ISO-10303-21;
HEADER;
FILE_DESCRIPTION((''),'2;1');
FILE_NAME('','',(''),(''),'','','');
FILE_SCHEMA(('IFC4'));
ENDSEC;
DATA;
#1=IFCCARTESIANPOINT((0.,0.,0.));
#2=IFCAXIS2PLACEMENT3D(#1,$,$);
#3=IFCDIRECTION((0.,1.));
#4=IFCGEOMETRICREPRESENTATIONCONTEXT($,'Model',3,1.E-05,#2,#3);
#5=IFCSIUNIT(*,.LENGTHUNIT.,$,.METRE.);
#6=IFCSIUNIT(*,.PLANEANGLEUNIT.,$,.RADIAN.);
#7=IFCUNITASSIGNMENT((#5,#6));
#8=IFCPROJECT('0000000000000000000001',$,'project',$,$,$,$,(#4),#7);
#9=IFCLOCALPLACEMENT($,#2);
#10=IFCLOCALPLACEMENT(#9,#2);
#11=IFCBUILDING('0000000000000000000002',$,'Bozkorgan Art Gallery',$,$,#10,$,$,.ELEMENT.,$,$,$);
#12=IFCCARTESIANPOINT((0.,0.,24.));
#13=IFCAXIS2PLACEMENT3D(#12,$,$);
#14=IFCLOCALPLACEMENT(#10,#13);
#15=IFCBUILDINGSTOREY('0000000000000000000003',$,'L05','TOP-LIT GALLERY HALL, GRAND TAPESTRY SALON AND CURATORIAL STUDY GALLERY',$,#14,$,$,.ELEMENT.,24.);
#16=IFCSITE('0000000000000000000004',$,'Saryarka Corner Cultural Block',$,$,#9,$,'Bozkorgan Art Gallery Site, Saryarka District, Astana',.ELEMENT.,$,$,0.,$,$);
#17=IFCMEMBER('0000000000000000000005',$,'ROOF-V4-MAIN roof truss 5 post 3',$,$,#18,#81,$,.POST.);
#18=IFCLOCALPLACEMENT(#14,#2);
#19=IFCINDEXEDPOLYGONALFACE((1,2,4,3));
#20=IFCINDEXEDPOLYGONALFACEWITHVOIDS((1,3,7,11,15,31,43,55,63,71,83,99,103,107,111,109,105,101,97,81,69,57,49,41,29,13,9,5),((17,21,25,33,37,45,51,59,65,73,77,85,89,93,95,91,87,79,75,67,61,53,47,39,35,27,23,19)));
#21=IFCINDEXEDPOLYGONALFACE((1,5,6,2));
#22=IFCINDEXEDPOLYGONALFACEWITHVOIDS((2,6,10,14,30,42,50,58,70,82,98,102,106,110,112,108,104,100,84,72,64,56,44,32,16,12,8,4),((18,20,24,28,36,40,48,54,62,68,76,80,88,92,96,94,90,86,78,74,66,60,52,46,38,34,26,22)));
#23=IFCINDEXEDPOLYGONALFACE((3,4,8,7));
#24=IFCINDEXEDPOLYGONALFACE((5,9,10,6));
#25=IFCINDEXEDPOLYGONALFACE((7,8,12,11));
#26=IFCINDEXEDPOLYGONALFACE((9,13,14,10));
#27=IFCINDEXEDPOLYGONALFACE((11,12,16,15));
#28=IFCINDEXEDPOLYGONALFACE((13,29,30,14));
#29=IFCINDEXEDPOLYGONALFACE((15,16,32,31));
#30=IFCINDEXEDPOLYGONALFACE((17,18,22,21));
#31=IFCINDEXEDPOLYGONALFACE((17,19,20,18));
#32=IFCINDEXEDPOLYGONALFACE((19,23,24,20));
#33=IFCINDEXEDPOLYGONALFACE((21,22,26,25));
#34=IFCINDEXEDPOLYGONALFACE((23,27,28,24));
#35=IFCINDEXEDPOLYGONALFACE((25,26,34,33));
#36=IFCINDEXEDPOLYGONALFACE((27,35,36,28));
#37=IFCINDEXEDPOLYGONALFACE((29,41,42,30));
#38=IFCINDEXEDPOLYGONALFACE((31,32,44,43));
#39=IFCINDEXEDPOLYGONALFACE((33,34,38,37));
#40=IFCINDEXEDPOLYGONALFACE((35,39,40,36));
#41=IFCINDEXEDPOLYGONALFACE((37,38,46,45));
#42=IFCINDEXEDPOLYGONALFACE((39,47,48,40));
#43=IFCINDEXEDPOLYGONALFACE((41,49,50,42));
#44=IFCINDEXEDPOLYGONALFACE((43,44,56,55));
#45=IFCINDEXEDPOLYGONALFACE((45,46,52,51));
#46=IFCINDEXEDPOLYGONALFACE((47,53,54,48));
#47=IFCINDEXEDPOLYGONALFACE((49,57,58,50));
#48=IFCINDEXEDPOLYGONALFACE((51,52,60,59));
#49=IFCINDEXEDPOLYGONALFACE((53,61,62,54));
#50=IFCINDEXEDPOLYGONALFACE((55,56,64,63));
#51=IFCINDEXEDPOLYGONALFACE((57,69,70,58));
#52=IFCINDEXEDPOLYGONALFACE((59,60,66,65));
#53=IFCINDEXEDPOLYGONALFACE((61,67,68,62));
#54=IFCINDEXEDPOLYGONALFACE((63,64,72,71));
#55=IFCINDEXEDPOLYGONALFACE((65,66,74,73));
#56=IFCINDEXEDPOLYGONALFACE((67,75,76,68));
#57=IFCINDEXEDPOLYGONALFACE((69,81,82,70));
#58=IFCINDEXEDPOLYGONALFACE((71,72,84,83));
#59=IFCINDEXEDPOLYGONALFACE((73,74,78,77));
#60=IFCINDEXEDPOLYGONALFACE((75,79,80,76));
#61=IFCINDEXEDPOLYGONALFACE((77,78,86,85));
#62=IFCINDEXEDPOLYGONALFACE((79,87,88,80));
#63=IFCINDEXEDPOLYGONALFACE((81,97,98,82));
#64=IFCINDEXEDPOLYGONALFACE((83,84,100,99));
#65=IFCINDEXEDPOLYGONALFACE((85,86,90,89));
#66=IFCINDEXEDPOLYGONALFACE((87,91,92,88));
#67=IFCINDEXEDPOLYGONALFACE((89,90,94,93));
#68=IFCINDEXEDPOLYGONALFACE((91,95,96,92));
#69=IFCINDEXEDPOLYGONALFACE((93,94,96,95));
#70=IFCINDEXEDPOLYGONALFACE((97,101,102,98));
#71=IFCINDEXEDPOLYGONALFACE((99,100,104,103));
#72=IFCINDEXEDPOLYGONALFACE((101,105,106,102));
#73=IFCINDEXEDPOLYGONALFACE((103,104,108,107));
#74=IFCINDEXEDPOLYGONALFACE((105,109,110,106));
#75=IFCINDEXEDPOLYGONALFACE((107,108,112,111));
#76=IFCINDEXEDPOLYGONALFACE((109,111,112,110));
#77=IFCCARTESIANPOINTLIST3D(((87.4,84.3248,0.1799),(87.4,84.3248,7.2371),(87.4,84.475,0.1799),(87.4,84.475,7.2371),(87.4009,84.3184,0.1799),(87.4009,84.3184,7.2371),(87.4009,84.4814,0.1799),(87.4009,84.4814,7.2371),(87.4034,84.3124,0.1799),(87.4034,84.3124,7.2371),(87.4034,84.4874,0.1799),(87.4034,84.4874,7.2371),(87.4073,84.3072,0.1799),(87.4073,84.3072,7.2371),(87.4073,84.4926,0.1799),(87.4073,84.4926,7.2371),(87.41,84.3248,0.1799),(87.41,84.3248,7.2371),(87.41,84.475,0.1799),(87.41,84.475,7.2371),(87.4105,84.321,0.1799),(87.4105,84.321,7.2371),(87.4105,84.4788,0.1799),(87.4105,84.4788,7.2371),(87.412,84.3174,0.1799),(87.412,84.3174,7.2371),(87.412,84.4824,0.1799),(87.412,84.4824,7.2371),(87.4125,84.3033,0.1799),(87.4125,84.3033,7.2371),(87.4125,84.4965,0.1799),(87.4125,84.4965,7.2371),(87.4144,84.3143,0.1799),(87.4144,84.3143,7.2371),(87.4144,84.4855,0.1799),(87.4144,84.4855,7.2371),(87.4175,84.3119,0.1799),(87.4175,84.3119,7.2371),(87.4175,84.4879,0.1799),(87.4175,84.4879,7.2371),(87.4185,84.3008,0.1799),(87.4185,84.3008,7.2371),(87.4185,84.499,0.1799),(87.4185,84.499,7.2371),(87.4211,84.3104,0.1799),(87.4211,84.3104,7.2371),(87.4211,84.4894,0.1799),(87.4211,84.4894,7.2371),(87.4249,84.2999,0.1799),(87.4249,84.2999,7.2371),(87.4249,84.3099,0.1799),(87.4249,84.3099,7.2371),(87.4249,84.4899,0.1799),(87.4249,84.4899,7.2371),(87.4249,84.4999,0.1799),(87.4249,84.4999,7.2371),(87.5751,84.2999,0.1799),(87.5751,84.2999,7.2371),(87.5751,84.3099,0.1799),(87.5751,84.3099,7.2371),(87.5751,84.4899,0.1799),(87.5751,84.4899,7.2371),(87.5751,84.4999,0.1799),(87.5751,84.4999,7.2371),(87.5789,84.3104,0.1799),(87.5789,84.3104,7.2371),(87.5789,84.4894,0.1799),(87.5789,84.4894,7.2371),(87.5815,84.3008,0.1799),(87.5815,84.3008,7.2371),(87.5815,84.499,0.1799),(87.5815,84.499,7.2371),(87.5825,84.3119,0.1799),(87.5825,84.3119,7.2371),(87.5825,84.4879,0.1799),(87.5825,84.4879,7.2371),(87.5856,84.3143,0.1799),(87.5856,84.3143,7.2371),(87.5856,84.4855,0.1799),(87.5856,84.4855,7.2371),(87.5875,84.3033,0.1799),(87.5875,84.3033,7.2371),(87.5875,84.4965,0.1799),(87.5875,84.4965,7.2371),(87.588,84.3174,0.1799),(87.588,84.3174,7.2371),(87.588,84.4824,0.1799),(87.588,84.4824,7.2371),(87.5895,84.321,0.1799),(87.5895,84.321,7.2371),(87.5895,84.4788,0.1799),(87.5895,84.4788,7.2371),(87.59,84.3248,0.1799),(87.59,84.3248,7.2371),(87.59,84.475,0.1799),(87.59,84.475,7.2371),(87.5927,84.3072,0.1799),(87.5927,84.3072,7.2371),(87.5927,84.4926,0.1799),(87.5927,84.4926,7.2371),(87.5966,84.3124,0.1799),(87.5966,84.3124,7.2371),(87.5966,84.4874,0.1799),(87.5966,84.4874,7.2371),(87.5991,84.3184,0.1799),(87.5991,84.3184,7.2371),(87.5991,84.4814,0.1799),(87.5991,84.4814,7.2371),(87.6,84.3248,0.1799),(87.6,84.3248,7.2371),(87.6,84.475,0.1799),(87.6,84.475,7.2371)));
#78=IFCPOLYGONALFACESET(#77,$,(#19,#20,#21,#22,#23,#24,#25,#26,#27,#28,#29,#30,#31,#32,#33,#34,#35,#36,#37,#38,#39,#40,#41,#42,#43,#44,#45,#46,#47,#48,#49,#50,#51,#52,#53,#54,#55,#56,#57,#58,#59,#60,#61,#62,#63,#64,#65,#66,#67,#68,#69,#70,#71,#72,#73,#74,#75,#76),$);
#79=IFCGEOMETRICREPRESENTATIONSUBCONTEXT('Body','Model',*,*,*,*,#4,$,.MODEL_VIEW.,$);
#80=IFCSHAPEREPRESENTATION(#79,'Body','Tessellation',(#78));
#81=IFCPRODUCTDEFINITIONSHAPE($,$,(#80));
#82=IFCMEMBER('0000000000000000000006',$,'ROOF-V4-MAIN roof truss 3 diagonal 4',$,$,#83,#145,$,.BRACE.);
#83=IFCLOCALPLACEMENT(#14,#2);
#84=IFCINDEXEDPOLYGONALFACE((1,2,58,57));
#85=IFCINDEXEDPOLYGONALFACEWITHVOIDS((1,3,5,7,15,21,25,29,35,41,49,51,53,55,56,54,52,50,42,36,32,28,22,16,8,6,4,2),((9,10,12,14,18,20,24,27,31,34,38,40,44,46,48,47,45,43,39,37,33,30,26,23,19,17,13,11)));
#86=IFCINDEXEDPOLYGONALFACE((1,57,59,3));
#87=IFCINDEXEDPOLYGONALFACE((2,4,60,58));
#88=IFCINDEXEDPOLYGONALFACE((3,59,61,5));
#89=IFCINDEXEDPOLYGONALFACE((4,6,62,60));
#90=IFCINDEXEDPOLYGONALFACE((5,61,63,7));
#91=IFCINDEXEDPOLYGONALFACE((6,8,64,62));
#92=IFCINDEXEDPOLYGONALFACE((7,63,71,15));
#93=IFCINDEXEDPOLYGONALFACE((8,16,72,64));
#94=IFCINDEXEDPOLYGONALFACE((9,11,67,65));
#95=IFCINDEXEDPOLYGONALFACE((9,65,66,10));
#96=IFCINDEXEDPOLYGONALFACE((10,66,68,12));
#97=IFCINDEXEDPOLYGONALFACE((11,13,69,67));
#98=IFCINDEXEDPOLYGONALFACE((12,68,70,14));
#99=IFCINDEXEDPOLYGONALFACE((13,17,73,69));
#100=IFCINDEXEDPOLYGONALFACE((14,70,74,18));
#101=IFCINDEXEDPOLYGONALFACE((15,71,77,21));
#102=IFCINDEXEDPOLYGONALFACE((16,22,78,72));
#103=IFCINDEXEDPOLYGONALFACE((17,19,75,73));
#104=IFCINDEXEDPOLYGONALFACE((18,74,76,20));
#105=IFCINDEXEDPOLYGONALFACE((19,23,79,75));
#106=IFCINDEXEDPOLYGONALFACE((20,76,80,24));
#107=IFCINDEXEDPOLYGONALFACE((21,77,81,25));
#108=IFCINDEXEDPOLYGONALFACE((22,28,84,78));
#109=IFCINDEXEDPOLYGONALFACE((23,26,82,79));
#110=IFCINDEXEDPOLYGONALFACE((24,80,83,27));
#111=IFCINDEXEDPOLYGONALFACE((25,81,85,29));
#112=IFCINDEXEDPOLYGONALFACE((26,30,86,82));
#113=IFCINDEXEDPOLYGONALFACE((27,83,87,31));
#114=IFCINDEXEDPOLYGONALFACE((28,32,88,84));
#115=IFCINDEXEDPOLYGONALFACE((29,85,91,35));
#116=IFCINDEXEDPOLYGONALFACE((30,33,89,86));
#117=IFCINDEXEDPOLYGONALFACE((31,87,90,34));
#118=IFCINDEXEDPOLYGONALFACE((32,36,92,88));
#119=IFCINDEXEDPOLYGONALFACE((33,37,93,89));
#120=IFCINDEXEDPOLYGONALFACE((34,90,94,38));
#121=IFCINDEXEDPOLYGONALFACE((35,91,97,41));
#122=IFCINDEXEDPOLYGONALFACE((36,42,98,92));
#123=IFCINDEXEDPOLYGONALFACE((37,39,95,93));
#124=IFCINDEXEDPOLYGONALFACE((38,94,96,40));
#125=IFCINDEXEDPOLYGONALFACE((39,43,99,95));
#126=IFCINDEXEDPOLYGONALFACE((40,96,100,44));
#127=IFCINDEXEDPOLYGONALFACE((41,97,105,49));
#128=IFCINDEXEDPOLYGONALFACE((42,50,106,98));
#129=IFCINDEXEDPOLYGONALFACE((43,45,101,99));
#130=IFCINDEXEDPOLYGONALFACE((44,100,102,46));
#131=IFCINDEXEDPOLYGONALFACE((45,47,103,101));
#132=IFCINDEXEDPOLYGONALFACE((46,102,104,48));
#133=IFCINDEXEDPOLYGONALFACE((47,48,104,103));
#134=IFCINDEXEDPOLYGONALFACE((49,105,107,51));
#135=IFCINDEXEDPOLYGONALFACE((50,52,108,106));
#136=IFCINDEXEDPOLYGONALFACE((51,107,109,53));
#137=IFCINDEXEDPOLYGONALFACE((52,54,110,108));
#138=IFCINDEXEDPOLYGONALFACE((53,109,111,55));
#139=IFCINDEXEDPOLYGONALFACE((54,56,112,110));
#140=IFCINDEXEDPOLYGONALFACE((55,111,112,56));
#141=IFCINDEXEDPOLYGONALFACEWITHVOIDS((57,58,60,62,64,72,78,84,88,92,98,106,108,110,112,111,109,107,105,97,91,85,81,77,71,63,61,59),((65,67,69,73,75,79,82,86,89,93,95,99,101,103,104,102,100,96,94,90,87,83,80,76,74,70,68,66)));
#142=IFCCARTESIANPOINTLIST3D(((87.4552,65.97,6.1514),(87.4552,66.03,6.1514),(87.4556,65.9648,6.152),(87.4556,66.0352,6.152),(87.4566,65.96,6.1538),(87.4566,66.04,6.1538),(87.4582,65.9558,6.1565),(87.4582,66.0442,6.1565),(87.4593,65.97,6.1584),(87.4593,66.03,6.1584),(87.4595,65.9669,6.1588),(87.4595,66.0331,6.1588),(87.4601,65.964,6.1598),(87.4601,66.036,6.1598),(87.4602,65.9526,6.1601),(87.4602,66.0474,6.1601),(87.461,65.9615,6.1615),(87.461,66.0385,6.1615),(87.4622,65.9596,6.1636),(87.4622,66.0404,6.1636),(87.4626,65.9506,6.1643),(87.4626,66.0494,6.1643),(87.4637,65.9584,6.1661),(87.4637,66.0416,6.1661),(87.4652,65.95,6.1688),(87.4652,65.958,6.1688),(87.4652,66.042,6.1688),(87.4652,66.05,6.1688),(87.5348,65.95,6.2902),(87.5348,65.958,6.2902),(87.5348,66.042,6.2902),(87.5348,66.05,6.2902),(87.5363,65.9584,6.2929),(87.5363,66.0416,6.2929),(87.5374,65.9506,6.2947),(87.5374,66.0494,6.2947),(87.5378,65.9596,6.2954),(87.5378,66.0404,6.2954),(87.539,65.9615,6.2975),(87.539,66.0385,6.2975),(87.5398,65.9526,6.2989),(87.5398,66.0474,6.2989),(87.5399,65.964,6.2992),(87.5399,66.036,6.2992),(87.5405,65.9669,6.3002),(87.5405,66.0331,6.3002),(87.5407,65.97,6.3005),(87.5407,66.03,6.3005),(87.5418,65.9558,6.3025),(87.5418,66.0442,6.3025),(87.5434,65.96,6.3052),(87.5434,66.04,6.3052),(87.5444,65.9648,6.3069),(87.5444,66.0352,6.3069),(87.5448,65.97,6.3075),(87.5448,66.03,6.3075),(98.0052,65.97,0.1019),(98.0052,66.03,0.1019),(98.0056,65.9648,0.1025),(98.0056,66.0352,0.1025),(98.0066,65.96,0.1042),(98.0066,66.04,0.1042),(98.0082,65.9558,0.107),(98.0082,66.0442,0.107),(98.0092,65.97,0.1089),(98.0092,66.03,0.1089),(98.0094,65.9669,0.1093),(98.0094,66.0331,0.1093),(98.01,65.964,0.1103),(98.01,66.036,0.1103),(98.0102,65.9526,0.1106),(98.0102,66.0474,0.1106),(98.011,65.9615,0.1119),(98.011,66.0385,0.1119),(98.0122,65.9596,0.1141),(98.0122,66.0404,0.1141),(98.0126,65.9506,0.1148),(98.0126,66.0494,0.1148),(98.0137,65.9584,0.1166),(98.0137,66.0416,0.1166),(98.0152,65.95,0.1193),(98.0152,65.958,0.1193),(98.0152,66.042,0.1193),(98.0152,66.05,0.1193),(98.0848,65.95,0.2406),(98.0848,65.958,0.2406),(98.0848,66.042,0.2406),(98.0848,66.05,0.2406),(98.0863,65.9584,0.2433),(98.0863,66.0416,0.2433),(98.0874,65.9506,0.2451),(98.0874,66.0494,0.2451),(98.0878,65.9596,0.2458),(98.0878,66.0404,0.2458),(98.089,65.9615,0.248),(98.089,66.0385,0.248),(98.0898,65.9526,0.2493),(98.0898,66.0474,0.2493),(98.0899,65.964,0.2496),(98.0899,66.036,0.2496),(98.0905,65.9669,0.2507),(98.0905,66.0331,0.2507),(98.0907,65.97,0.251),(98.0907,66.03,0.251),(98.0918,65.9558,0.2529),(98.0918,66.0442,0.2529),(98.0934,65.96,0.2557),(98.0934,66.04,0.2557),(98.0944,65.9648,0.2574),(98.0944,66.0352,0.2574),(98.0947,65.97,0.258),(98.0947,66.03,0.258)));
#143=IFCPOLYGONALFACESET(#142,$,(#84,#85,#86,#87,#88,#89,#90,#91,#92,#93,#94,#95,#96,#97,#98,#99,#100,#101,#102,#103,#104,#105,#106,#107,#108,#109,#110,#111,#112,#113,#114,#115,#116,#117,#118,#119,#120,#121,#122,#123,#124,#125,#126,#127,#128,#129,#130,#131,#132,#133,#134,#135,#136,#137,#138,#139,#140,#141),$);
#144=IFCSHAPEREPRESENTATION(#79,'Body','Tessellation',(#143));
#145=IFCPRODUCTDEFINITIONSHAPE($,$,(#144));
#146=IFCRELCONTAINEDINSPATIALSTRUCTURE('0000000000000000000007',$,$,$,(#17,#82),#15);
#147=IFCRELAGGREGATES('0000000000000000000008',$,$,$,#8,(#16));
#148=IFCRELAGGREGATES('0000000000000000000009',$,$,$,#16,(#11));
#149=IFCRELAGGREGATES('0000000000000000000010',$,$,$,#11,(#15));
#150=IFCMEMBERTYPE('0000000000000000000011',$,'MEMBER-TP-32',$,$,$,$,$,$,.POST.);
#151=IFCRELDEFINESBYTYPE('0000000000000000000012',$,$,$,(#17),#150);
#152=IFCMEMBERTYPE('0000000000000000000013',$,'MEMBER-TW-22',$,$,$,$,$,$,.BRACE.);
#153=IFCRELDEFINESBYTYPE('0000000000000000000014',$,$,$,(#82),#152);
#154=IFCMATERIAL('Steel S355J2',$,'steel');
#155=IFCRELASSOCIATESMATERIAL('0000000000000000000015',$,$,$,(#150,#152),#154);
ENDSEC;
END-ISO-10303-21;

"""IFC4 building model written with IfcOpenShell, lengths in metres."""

from ifc_helpers import new_model, si_unit, direction, frame, origin, origin_2d, place, context, subcontext, project, spatial, hollow_rectangle, extrude, material, material_profile, profile_set, type_object, element, save


model = new_model("IFC4")

# Units and contexts
model_context = context("Model", 3, precision=1e-05, world=origin(), true_north=direction((0.0, 1.0)))
body_context = subcontext(model_context, "Body", "Model", "MODEL_VIEW")
ifc_project = project(units=[si_unit("LENGTHUNIT", "METRE"), si_unit("PLANEANGLEUNIT", "RADIAN")], contexts=[model_context])

# Site, building, storey
site_placement = place(None, origin())
site = spatial("IfcSite", under=ifc_project, at=site_placement, Name="Saryarka Corner Cultural Block", LongName="Bozkorgan Art Gallery Site, Saryarka District, Astana", CompositionType="ELEMENT", RefElevation=0.0)
building_placement = place(site_placement, origin())
building = spatial("IfcBuilding", under=site, at=building_placement, Name="Bozkorgan Art Gallery", CompositionType="ELEMENT")
storey_placement = place(building_placement, frame((0.0, 0.0, 24.0)))
storey = spatial("IfcBuildingStorey", under=building, at=storey_placement, Name="L05", Description="TOP-LIT GALLERY HALL, GRAND TAPESTRY SALON AND CURATORIAL STUDY GALLERY", CompositionType="ELEMENT", Elevation=24.0)

# Members
ifc_material_1 = material(Name="Steel S355J2", Category="steel")
ifc_material_profile_1 = material_profile(ifc_material_1, hollow_rectangle(XDim=0.2, YDim=0.2, WallThickness=0.01, InnerFilletRadius=0.0149, OuterFilletRadius=0.0249, at=origin_2d()), Name="SHS 200x200x10")
ifc_profile_set_1 = profile_set([ifc_material_profile_1], Name="Steel S355J2")
member_type_1 = type_object("IfcMemberType", Name="MEMBER-TP-32", PredefinedType="POST", material=ifc_profile_set_1)
member_1_placement = place(storey_placement, frame((87.5, 84.3999, 0.1799), z_axis=(0.0, 0.0, 1.0), x_axis=(1.0, 0.0, 0.0)))
element("IfcMember", 1, at=member_1_placement, inside=storey, type_object=member_type_1, Name="ROOF-V4-MAIN roof truss 5 post 3", PredefinedType="POST", context=body_context, shape_type="SweptSolid", body=[
    extrude(hollow_rectangle(XDim=0.2, YDim=0.2, WallThickness=0.01, InnerFilletRadius=0.0149, OuterFilletRadius=0.0249, at=origin_2d()), origin(), (0.0, 0.0, 1.0), 7.0571),
])
ifc_material_profile_2 = material_profile(ifc_material_1, hollow_rectangle(XDim=0.1001, YDim=0.1799, WallThickness=0.0081, InnerFilletRadius=0.012, OuterFilletRadius=0.02, at=origin_2d()), Name="RHS 180x100x8")
ifc_profile_set_2 = profile_set([ifc_material_profile_2], Name="Steel S355J2")
member_type_2 = type_object("IfcMemberType", Name="MEMBER-TW-22", PredefinedType="BRACE", material=ifc_profile_set_2)
for number, where, z_axis, x_axis, name in (
    (2, (87.5, 66.0, 6.2295), (0.8675, 0.0, -0.497438), (0.0, 1.0, 0.0), "ROOF-V4-MAIN roof truss 3 diagonal 4"),
):
    element("IfcMember", number, at=place(storey_placement, frame(where, z_axis=z_axis, x_axis=x_axis)), inside=storey, type_object=member_type_2, Name=name, PredefinedType="BRACE", context=body_context, shape_type="SweptSolid", body=[
        extrude(hollow_rectangle(XDim=0.1001, YDim=0.1799, WallThickness=0.0081, InnerFilletRadius=0.012, OuterFilletRadius=0.02, at=origin_2d()), origin(), (0.0, 0.0, 1.0), 12.1614),
    ])

save(model, "model.ifc")
